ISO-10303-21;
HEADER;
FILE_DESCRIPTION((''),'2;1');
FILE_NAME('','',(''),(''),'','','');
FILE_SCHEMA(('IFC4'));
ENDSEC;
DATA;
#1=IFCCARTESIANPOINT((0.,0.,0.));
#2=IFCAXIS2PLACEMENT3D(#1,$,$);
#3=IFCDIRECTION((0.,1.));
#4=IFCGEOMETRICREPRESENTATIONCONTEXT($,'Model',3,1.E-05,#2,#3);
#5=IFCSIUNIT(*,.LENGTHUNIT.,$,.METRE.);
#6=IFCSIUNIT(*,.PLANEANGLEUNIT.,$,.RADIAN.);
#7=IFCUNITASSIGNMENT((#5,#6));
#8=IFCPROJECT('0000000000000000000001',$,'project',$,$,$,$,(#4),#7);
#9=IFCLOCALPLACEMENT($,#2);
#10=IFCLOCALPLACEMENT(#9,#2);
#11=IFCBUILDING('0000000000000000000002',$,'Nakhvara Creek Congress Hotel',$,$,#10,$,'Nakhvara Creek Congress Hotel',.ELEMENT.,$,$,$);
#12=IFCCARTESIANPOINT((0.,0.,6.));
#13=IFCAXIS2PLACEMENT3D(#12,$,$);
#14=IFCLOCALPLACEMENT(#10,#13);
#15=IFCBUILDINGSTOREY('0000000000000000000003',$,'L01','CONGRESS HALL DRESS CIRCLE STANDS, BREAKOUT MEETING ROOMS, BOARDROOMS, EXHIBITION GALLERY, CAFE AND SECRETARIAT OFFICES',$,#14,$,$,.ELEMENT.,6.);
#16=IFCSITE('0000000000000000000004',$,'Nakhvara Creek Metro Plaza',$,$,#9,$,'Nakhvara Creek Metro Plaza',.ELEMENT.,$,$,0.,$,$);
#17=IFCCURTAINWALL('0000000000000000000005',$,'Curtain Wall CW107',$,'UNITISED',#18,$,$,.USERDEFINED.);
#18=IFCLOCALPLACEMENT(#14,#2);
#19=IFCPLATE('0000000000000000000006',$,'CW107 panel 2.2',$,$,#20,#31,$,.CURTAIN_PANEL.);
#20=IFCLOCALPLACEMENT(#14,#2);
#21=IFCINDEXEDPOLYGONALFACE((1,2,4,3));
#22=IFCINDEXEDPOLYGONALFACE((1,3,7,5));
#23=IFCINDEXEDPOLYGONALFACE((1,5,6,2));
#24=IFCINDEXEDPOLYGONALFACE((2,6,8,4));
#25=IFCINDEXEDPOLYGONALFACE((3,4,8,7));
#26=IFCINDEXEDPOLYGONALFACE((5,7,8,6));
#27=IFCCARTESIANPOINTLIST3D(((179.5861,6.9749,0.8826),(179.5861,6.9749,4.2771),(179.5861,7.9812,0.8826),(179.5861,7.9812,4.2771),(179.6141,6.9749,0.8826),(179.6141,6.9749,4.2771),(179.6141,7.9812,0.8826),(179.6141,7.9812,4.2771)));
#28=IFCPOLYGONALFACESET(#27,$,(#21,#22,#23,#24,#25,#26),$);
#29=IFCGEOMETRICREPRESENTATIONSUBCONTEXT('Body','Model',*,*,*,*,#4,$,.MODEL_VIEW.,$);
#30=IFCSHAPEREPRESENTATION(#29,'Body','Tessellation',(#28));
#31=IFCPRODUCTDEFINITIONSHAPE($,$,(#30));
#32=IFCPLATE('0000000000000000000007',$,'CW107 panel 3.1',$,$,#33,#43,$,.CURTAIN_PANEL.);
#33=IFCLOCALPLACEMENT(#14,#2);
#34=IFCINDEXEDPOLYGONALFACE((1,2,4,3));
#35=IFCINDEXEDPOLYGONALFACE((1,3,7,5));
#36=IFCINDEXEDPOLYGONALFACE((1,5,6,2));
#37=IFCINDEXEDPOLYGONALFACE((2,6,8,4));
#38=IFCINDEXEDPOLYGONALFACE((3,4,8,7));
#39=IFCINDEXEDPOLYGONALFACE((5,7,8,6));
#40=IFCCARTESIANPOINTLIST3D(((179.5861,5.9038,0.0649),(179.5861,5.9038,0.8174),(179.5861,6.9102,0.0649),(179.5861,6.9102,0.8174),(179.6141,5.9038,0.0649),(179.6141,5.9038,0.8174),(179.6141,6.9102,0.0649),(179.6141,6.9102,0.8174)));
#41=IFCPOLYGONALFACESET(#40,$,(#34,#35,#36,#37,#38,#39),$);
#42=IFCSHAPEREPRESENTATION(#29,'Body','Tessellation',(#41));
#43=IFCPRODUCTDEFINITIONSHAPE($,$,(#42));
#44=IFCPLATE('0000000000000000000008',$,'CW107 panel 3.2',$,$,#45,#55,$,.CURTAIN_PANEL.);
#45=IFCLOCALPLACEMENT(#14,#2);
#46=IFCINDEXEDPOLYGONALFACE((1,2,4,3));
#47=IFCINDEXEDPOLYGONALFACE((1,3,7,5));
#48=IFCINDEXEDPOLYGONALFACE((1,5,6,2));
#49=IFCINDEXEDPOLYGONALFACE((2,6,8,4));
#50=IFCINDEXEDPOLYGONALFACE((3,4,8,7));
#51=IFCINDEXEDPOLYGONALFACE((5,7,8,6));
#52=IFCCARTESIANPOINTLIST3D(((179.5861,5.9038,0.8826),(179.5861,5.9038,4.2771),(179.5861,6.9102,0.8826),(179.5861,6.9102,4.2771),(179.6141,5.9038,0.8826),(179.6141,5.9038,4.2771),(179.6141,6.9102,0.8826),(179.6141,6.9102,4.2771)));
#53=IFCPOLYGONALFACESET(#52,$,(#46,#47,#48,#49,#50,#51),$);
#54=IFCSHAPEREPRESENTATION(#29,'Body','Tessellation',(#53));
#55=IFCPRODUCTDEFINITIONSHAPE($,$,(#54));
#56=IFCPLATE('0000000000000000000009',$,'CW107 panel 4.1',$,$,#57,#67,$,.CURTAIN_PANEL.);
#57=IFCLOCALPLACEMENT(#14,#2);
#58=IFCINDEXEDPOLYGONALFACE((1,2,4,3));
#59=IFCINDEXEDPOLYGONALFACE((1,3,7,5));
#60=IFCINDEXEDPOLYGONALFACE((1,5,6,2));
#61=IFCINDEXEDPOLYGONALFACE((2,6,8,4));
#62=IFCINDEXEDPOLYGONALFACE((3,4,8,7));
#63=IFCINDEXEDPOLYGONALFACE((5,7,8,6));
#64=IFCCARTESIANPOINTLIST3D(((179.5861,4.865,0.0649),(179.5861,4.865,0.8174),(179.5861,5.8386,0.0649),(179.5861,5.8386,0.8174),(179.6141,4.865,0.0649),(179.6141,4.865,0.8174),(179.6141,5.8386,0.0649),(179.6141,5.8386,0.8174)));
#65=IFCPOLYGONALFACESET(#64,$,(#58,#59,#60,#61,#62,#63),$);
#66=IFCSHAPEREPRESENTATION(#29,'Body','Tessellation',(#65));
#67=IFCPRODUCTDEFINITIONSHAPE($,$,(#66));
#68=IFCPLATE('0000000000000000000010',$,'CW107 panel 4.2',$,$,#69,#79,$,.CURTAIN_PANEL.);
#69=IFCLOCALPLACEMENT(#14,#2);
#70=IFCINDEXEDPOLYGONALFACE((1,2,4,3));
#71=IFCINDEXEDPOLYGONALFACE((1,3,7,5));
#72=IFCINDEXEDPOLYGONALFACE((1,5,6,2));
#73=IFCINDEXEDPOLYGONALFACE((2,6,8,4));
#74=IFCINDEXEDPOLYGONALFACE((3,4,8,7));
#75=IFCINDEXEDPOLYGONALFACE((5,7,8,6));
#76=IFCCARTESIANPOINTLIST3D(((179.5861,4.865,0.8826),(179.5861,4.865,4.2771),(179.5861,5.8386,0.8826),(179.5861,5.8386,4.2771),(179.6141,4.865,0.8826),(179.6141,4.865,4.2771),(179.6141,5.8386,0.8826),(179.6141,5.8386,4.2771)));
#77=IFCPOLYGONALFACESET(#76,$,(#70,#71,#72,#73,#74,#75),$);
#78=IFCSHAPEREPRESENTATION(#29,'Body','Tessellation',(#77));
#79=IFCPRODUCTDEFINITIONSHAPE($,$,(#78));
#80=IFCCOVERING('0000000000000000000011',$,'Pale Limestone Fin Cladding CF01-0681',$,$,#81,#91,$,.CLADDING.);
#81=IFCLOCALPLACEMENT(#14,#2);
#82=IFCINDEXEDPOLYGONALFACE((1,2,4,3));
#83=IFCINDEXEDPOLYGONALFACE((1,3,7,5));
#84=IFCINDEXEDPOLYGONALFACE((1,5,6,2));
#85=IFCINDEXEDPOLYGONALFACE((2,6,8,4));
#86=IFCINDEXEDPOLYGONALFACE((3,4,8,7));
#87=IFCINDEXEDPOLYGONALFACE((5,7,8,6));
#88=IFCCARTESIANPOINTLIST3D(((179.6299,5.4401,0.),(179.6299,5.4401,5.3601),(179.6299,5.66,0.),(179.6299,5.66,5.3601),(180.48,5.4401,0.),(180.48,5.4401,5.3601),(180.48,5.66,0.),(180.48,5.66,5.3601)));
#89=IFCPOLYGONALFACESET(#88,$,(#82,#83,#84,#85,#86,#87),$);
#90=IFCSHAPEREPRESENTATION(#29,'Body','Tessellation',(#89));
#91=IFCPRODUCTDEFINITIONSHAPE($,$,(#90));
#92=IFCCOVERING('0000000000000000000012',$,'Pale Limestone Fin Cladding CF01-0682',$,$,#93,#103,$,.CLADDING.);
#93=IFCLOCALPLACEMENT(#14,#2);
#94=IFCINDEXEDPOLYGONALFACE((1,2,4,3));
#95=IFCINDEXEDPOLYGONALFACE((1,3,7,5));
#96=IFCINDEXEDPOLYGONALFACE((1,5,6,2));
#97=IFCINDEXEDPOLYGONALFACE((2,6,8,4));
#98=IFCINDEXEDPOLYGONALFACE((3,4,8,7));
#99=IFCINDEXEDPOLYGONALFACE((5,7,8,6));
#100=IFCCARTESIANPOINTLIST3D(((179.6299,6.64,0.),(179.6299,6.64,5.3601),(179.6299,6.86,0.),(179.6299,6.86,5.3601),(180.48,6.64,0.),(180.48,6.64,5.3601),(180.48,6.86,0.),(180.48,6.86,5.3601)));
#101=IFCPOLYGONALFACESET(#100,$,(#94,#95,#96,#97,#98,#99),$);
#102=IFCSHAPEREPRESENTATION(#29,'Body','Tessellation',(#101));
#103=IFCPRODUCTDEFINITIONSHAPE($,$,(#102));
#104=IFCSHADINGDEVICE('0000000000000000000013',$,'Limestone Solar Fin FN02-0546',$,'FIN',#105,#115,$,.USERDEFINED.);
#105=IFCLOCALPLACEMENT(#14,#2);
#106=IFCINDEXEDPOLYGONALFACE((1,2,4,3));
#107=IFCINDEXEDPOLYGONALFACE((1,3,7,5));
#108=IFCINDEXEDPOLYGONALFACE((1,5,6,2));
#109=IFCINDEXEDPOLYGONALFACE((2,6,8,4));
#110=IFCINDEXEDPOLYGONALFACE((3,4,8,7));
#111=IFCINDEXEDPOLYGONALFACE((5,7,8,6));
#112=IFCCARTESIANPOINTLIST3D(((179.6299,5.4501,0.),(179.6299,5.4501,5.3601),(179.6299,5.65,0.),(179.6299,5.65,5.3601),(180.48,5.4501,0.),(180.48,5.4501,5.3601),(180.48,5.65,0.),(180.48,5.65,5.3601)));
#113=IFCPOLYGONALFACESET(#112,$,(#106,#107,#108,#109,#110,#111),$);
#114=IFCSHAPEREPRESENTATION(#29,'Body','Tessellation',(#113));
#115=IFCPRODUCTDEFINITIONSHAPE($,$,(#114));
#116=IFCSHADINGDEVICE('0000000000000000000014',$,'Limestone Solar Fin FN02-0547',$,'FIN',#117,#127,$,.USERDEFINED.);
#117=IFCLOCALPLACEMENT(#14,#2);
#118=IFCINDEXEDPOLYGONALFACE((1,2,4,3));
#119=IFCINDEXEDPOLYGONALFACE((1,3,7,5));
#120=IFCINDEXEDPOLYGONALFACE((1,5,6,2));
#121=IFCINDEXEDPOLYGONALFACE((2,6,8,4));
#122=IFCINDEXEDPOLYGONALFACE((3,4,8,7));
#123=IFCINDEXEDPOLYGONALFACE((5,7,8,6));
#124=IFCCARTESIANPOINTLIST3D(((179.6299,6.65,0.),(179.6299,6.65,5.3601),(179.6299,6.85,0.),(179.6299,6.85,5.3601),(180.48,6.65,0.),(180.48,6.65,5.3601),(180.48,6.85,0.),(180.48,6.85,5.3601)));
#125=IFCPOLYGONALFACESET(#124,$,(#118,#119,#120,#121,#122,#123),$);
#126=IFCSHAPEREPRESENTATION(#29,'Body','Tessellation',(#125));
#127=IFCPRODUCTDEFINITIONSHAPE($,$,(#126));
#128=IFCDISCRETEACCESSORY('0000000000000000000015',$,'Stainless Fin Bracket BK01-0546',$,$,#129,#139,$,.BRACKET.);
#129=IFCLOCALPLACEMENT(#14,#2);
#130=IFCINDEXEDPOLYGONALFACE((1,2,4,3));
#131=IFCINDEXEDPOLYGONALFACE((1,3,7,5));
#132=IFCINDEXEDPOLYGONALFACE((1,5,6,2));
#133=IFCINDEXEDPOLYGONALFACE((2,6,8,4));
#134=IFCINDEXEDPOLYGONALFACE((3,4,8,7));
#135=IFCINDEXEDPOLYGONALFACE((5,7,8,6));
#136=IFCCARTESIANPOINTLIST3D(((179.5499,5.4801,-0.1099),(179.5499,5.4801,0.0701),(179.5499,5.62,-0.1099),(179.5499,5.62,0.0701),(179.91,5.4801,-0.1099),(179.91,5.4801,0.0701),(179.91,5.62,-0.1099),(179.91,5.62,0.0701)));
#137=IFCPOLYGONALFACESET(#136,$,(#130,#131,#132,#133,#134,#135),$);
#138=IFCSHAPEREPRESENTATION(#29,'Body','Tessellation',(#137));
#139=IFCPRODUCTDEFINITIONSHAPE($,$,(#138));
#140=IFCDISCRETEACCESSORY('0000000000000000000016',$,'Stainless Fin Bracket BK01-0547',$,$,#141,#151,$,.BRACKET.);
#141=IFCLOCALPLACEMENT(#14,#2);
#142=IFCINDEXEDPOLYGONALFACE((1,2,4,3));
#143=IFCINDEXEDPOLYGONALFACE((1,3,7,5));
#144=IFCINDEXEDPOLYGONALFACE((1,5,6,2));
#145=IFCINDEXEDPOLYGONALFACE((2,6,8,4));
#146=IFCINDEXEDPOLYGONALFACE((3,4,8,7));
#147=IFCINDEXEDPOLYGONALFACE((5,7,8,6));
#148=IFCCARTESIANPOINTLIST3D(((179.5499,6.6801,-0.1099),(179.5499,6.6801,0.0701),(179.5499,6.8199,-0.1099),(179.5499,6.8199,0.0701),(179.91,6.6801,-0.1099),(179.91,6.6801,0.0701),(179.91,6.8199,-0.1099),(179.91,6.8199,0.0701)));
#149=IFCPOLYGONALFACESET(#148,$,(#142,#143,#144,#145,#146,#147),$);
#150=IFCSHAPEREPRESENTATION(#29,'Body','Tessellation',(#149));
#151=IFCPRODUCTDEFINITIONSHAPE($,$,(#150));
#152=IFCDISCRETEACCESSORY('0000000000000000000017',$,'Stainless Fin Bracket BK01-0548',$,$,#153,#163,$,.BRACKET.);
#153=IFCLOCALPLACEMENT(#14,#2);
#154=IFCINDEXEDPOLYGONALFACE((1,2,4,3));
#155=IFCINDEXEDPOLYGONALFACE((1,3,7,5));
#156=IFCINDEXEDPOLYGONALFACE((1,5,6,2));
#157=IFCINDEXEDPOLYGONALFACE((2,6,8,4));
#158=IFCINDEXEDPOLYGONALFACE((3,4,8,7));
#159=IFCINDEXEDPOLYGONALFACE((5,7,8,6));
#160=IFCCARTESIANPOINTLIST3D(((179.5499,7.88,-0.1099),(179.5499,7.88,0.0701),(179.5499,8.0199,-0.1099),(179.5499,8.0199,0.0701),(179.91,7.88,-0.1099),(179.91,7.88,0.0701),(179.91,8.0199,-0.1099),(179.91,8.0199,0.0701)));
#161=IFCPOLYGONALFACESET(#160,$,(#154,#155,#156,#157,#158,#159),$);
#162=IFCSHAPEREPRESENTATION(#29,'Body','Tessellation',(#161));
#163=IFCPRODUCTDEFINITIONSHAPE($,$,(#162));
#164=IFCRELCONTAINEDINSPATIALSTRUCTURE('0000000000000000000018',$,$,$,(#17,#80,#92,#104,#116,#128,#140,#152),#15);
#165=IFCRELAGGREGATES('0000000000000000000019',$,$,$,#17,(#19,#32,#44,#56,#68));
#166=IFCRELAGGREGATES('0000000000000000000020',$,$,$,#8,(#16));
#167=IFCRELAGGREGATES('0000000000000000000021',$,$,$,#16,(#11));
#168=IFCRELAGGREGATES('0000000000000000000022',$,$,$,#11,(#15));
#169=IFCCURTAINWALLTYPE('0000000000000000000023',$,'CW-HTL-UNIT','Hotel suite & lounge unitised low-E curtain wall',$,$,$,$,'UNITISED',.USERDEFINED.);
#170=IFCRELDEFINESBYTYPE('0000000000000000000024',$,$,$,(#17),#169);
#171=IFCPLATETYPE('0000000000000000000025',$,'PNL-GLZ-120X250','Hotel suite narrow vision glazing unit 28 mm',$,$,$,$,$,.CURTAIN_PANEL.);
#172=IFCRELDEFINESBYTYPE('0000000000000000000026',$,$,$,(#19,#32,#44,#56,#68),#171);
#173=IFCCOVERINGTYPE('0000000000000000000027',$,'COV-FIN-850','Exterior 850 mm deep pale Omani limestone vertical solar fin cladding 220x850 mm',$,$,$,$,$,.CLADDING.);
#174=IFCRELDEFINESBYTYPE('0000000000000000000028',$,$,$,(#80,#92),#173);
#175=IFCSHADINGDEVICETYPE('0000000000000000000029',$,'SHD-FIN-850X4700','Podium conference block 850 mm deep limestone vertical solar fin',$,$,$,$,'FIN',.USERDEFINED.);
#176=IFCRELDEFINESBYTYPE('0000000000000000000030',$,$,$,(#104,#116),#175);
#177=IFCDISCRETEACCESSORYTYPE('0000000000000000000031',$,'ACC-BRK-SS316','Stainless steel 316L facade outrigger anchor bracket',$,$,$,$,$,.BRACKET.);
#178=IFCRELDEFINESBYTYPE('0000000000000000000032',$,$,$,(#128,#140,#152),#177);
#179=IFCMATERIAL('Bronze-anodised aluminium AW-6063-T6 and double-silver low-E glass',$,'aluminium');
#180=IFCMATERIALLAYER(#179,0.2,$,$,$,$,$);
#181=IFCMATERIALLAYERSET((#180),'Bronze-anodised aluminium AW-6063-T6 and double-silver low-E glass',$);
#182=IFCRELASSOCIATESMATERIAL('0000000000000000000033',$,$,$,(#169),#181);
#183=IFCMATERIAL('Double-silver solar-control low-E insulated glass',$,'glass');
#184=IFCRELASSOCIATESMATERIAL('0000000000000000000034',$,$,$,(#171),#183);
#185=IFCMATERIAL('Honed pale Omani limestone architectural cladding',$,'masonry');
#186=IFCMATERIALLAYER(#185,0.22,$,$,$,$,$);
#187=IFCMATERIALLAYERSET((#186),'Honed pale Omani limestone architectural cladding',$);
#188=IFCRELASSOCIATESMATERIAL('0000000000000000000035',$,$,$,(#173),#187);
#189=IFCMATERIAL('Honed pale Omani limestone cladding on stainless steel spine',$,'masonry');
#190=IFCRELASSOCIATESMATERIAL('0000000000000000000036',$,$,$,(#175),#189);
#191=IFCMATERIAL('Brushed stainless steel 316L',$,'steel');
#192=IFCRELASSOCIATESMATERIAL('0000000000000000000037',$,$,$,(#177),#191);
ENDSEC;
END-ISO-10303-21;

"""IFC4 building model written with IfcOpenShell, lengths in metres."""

from ifc_helpers import new_model, si_unit, direction, frame, origin, origin_2d, place, context, subcontext, project, spatial, rectangle, extrude, material, layer, layer_set, type_object, element, aggregate, save


model = new_model("IFC4")

# Units and contexts
model_context = context("Model", 3, precision=1e-05, world=origin(), true_north=direction((0.0, 1.0)))
body_context = subcontext(model_context, "Body", "Model", "MODEL_VIEW")
ifc_project = project(units=[si_unit("LENGTHUNIT", "METRE"), si_unit("PLANEANGLEUNIT", "RADIAN")], contexts=[model_context])

# Site, building, storey
site_placement = place(None, origin())
site = spatial("IfcSite", under=ifc_project, at=site_placement, Name="Nakhvara Creek Metro Plaza", LongName="Nakhvara Creek Metro Plaza", CompositionType="ELEMENT", RefElevation=0.0)
building_placement = place(site_placement, origin())
building = spatial("IfcBuilding", under=site, at=building_placement, Name="Nakhvara Creek Congress Hotel", LongName="Nakhvara Creek Congress Hotel", CompositionType="ELEMENT")
storey_placement = place(building_placement, frame((0.0, 0.0, 6.0)))
storey = spatial("IfcBuildingStorey", under=building, at=storey_placement, Name="L01", Description="CONGRESS HALL DRESS CIRCLE STANDS, BREAKOUT MEETING ROOMS, BOARDROOMS, EXHIBITION GALLERY, CAFE AND SECRETARIAT OFFICES", CompositionType="ELEMENT", Elevation=6.0)

# Shared definitions
ifc_material_1 = material(Name="Bronze-anodised aluminium AW-6063-T6 and double-silver low-E glass", Category="aluminium")
ifc_layer_1 = layer(ifc_material_1, 0.2)
ifc_layer_set_1 = layer_set([ifc_layer_1], Name="Bronze-anodised aluminium AW-6063-T6 and double-silver low-E glass")
curtain_wall_type = type_object("IfcCurtainWallType", Name="CW-HTL-UNIT", Description="Hotel suite & lounge unitised low-E curtain wall", ElementType="UNITISED", PredefinedType="USERDEFINED", material=ifc_layer_set_1)

# Curtain wall, plates
curtain_wall_1_placement = place(storey_placement, origin())
curtain_wall_1 = element("IfcCurtainWall", 1, at=curtain_wall_1_placement, inside=storey, type_object=curtain_wall_type, Name="Curtain Wall CW107", ObjectType="UNITISED", PredefinedType="USERDEFINED")
ifc_material_2 = material(Name="Double-silver solar-control low-E insulated glass", Category="glass")
plate_type = type_object("IfcPlateType", Name="PNL-GLZ-120X250", Description="Hotel suite narrow vision glazing unit 28 mm", PredefinedType="CURTAIN_PANEL", material=ifc_material_2)
plate_1_placement = place(storey_placement, frame((179.6001, 7.478, 0.8826), z_axis=(0.0, 0.0, 1.0), x_axis=(0.0, -1.0, 0.0)))
plate_1 = element("IfcPlate", 2, at=plate_1_placement, type_object=plate_type, Name="CW107 panel 2.2", PredefinedType="CURTAIN_PANEL", context=body_context, shape_type="SweptSolid", body=[
    extrude(rectangle(XDim=1.0063, YDim=0.0281, at=origin_2d()), origin(), (0.0, 0.0, 1.0), 3.3945),
])
plate_2_placement = place(storey_placement, frame((179.6001, 6.407, 0.0649), z_axis=(0.0, 0.0, 1.0), x_axis=(0.0, -1.0, 0.0)))
plate_2 = element("IfcPlate", 3, at=plate_2_placement, type_object=plate_type, Name="CW107 panel 3.1", PredefinedType="CURTAIN_PANEL", context=body_context, shape_type="SweptSolid", body=[
    extrude(rectangle(XDim=1.0063, YDim=0.0281, at=origin_2d()), origin(), (0.0, 0.0, 1.0), 0.7524),
])
plate_3_placement = place(storey_placement, frame((179.6001, 6.407, 0.8826), z_axis=(0.0, 0.0, 1.0), x_axis=(0.0, -1.0, 0.0)))
plate_3 = element("IfcPlate", 4, at=plate_3_placement, type_object=plate_type, Name="CW107 panel 3.2", PredefinedType="CURTAIN_PANEL", context=body_context, shape_type="SweptSolid", body=[
    extrude(rectangle(XDim=1.0063, YDim=0.0281, at=origin_2d()), origin(), (0.0, 0.0, 1.0), 3.3945),
])
plate_4_placement = place(storey_placement, frame((179.6001, 5.3518, 0.0649), z_axis=(0.0, 0.0, 1.0), x_axis=(0.0, -1.0, 0.0)))
plate_4 = element("IfcPlate", 5, at=plate_4_placement, type_object=plate_type, Name="CW107 panel 4.1", PredefinedType="CURTAIN_PANEL", context=body_context, shape_type="SweptSolid", body=[
    extrude(rectangle(XDim=0.9736, YDim=0.0281, at=origin_2d()), origin(), (0.0, 0.0, 1.0), 0.7524),
])
plate_5_placement = place(storey_placement, frame((179.6001, 5.3518, 0.8826), z_axis=(0.0, 0.0, 1.0), x_axis=(0.0, -1.0, 0.0)))
plate_5 = element("IfcPlate", 6, at=plate_5_placement, type_object=plate_type, Name="CW107 panel 4.2", PredefinedType="CURTAIN_PANEL", context=body_context, shape_type="SweptSolid", body=[
    extrude(rectangle(XDim=0.9736, YDim=0.0281, at=origin_2d()), origin(), (0.0, 0.0, 1.0), 3.3945),
])
aggregate(curtain_wall_1, [plate_1, plate_2, plate_3, plate_4, plate_5])

# Coverings
ifc_material_3 = material(Name="Honed pale Omani limestone architectural cladding", Category="masonry")
ifc_layer_2 = layer(ifc_material_3, 0.22)
ifc_layer_set_2 = layer_set([ifc_layer_2], Name="Honed pale Omani limestone architectural cladding")
covering_type = type_object("IfcCoveringType", Name="COV-FIN-850", Description="Exterior 850 mm deep pale Omani limestone vertical solar fin cladding 220x850 mm", PredefinedType="CLADDING", material=ifc_layer_set_2)
for number, where, z_axis, x_axis, name in (
    (7, (180.0549, 5.55, 0.0), (0.0, 0.0, 1.0), (0.0, 1.0, 0.0), "Pale Limestone Fin Cladding CF01-0681"),
    (8, (180.0549, 6.75, 0.0), (0.0, 0.0, 1.0), (0.0, 1.0, 0.0), "Pale Limestone Fin Cladding CF01-0682"),
):
    element("IfcCovering", number, at=place(storey_placement, frame(where, z_axis=z_axis, x_axis=x_axis)), inside=storey, type_object=covering_type, Name=name, PredefinedType="CLADDING", context=body_context, shape_type="SweptSolid", body=[
        extrude(rectangle(XDim=0.22, YDim=0.8501, at=origin_2d()), origin(), (0.0, 0.0, 1.0), 5.3601),
    ])

# Shading devices
ifc_material_4 = material(Name="Honed pale Omani limestone cladding on stainless steel spine", Category="masonry")
shading_device_type = type_object("IfcShadingDeviceType", Name="SHD-FIN-850X4700", Description="Podium conference block 850 mm deep limestone vertical solar fin", ElementType="FIN", PredefinedType="USERDEFINED", material=ifc_material_4)
for number, where, z_axis, x_axis, name in (
    (9, (180.0549, 5.55, 0.0), (0.0, 0.0, 1.0), (0.0, 1.0, 0.0), "Limestone Solar Fin FN02-0546"),
    (10, (180.0549, 6.75, 0.0), (0.0, 0.0, 1.0), (0.0, 1.0, 0.0), "Limestone Solar Fin FN02-0547"),
):
    element("IfcShadingDevice", number, at=place(storey_placement, frame(where, z_axis=z_axis, x_axis=x_axis)), inside=storey, type_object=shading_device_type, Name=name, ObjectType="FIN", PredefinedType="USERDEFINED", context=body_context, shape_type="SweptSolid", body=[
        extrude(rectangle(XDim=0.2, YDim=0.8501, at=origin_2d()), origin(), (0.0, 0.0, 1.0), 5.3601),
    ])

# Discrete accessories
ifc_material_5 = material(Name="Brushed stainless steel 316L", Category="steel")
discrete_accessory_type = type_object("IfcDiscreteAccessoryType", Name="ACC-BRK-SS316", Description="Stainless steel 316L facade outrigger anchor bracket", PredefinedType="BRACKET", material=ifc_material_5)
for number, where, z_axis, x_axis, name in (
    (11, (179.73, 5.55, -0.1099), (0.0, 0.0, 1.0), (0.0, 1.0, 0.0), "Stainless Fin Bracket BK01-0546"),
    (12, (179.73, 6.75, -0.1099), (0.0, 0.0, 1.0), (0.0, 1.0, 0.0), "Stainless Fin Bracket BK01-0547"),
    (13, (179.73, 7.95, -0.1099), (0.0, 0.0, 1.0), (0.0, 1.0, 0.0), "Stainless Fin Bracket BK01-0548"),
):
    element("IfcDiscreteAccessory", number, at=place(storey_placement, frame(where, z_axis=z_axis, x_axis=x_axis)), inside=storey, type_object=discrete_accessory_type, Name=name, PredefinedType="BRACKET", context=body_context, shape_type="SweptSolid", body=[
        extrude(rectangle(XDim=0.1399, YDim=0.3601, at=origin_2d()), origin(), (0.0, 0.0, 1.0), 0.1799),
    ])

save(model, "model.ifc")
